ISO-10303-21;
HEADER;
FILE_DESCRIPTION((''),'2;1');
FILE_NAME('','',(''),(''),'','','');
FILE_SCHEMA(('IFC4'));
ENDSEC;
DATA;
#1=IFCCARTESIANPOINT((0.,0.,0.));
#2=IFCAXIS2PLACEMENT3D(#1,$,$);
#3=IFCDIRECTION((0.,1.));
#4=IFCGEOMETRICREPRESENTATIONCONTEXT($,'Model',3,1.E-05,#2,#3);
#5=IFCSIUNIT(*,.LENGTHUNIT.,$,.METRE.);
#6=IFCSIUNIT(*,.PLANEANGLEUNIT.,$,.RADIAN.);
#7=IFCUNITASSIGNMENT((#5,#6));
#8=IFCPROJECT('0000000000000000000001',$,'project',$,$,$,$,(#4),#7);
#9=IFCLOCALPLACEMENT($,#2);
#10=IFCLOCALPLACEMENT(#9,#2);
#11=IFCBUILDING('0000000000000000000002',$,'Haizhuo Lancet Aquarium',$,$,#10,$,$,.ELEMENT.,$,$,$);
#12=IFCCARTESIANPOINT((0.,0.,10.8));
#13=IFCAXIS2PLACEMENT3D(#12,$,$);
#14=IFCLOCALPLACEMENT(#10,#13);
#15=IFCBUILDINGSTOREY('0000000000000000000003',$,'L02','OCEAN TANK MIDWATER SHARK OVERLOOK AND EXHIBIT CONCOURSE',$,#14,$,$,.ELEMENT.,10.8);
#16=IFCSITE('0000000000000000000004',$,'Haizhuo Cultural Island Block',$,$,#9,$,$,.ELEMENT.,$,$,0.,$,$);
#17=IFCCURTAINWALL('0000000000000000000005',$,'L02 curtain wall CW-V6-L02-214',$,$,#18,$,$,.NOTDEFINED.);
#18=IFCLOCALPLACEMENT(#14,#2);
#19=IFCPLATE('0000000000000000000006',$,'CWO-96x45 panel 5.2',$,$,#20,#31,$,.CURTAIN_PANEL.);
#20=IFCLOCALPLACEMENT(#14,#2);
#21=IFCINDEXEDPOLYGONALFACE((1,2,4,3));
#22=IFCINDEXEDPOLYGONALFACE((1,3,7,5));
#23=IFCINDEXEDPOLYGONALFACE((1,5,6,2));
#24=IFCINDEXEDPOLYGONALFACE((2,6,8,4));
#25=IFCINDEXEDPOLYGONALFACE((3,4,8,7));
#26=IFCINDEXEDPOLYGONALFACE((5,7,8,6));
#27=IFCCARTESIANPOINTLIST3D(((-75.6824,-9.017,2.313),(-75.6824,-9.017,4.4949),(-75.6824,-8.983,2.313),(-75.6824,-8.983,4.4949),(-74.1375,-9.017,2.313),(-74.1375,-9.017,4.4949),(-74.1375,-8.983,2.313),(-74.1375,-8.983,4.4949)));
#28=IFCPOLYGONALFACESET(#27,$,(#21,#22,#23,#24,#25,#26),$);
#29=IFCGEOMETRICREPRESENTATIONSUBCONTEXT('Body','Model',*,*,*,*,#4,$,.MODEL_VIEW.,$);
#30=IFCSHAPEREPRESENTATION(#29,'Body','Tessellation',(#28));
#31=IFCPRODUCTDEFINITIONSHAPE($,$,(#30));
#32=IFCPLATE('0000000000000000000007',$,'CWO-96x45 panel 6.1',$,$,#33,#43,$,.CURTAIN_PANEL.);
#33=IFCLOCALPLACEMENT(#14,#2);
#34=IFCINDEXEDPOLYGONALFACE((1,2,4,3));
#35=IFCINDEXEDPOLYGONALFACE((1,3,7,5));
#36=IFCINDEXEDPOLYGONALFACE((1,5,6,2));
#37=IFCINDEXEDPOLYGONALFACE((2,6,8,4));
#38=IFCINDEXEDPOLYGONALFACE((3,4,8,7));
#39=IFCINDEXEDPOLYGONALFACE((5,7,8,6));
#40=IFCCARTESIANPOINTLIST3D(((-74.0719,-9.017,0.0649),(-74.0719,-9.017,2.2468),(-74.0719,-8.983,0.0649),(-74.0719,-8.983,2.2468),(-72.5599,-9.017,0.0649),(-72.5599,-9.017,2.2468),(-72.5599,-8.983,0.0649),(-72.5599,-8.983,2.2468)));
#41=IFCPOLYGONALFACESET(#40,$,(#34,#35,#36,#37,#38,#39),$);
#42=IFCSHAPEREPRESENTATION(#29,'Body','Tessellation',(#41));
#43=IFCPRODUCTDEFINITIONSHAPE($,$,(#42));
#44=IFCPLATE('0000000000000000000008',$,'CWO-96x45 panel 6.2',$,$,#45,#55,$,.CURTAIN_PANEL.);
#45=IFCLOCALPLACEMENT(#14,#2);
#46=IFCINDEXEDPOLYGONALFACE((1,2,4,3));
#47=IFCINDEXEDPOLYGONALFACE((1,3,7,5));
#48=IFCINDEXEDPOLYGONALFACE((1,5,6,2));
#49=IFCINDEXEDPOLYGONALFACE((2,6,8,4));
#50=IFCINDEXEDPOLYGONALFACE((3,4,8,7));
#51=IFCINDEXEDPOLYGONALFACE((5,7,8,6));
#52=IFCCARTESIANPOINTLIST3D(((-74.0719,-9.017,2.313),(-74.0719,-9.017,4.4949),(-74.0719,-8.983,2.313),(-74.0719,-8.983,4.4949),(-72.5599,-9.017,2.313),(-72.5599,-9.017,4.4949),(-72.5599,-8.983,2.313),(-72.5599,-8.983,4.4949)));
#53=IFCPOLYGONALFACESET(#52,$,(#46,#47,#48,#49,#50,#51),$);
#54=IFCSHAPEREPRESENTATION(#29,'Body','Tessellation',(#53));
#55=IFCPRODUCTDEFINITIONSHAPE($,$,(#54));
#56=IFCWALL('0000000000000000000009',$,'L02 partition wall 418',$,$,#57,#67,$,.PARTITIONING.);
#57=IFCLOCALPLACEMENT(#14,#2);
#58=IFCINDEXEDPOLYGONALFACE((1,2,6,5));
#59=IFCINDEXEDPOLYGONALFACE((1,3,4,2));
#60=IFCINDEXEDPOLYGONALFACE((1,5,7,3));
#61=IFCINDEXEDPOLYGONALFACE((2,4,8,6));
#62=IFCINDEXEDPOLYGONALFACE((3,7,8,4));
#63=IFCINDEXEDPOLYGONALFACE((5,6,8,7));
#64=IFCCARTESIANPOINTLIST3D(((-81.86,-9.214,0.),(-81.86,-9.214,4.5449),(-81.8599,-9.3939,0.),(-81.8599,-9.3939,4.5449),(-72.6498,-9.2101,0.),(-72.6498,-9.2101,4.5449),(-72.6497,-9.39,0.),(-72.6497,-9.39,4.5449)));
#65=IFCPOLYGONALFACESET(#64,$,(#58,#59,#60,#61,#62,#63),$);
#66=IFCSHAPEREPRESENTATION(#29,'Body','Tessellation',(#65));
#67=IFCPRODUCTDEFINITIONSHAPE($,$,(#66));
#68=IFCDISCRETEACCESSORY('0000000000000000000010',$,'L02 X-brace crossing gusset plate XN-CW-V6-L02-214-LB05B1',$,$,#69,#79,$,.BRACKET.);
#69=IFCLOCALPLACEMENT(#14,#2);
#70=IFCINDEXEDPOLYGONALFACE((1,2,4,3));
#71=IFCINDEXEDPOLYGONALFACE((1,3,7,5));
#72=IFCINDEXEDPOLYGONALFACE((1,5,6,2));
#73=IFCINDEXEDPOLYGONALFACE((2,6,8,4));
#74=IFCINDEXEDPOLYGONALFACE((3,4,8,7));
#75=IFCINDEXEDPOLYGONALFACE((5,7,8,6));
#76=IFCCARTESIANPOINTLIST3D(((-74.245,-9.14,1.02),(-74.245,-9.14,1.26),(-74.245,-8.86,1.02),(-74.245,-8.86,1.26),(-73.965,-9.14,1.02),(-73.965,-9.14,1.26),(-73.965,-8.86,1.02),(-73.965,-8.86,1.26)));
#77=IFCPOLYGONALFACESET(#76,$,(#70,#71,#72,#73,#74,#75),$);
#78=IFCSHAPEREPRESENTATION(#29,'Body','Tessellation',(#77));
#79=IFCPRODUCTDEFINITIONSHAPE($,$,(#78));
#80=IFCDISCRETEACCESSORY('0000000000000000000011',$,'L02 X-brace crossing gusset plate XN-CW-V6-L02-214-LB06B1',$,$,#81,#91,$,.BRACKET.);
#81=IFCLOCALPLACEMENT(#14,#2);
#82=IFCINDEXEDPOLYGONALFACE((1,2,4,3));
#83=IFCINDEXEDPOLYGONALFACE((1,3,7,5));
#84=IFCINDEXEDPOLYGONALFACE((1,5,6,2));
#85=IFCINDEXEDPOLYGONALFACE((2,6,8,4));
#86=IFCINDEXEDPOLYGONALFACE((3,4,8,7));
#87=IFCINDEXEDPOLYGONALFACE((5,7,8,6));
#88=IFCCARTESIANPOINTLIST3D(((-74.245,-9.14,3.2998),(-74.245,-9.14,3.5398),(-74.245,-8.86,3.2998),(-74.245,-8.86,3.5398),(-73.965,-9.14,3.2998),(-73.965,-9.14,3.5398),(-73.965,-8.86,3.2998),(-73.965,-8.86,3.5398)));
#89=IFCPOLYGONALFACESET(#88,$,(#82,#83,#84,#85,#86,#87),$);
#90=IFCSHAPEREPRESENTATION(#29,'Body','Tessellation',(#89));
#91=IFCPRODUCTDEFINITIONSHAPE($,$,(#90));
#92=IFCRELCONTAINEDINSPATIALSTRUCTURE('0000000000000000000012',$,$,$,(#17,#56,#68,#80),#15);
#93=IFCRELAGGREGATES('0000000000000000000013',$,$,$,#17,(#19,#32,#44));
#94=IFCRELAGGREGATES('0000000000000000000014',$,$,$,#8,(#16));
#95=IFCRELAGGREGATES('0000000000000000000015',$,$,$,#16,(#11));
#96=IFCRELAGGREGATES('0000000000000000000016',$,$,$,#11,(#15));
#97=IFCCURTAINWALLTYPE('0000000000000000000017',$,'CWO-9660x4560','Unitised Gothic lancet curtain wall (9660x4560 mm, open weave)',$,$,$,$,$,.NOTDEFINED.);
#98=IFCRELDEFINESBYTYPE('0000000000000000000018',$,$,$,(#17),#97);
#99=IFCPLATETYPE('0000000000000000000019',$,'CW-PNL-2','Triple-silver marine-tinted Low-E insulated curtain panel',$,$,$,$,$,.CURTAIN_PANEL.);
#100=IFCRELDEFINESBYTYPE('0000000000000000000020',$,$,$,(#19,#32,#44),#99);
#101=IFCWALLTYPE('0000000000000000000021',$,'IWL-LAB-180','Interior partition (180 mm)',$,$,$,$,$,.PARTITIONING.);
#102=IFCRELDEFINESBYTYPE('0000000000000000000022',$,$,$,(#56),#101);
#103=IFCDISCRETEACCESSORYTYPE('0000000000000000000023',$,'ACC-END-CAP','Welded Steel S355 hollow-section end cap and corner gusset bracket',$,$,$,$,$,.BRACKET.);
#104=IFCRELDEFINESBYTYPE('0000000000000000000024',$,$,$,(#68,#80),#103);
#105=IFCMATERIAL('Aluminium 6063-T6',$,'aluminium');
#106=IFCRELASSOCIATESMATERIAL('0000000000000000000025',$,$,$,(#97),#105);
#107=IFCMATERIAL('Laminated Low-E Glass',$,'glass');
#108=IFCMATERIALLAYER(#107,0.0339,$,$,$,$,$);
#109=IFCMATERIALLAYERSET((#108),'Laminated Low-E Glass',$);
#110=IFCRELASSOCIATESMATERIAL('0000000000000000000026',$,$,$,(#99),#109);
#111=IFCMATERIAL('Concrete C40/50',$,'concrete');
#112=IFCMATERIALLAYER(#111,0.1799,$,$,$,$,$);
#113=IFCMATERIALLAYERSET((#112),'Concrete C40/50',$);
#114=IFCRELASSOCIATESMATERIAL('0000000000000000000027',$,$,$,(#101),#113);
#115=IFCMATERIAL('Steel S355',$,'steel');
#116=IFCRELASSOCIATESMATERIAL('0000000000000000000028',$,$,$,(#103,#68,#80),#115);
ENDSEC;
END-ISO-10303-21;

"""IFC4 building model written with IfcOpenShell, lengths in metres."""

from ifc_helpers import new_model, si_unit, direction, frame, frame_2d, origin, origin_2d, place, context, subcontext, project, spatial, rectangle, extrude, material, layer, layer_set, type_object, element, aggregate, save


model = new_model("IFC4")

# Units and contexts
model_context = context("Model", 3, precision=1e-05, world=origin(), true_north=direction((0.0, 1.0)))
body_context = subcontext(model_context, "Body", "Model", "MODEL_VIEW")
ifc_project = project(units=[si_unit("LENGTHUNIT", "METRE"), si_unit("PLANEANGLEUNIT", "RADIAN")], contexts=[model_context])

# Site, building, storey
site_placement = place(None, origin())
site = spatial("IfcSite", under=ifc_project, at=site_placement, Name="Haizhuo Cultural Island Block", CompositionType="ELEMENT", RefElevation=0.0)
building_placement = place(site_placement, origin())
building = spatial("IfcBuilding", under=site, at=building_placement, Name="Haizhuo Lancet Aquarium", CompositionType="ELEMENT")
storey_placement = place(building_placement, frame((0.0, 0.0, 10.8)))
storey = spatial("IfcBuildingStorey", under=building, at=storey_placement, Name="L02", Description="OCEAN TANK MIDWATER SHARK OVERLOOK AND EXHIBIT CONCOURSE", CompositionType="ELEMENT", Elevation=10.8)

# Shared definitions
ifc_material_1 = material(Name="Concrete C40/50", Category="concrete")

# Shared definitions
ifc_material_2 = material(Name="Steel S355", Category="steel")

# Curtain wall
ifc_material_3 = material(Name="Aluminium 6063-T6", Category="aluminium")
curtain_wall_type = type_object("IfcCurtainWallType", Name="CWO-9660x4560", Description="Unitised Gothic lancet curtain wall (9660x4560 mm, open weave)", PredefinedType="NOTDEFINED", material=ifc_material_3)
curtain_wall_placement = place(storey_placement, origin())
curtain_wall = element("IfcCurtainWall", 1, at=curtain_wall_placement, inside=storey, type_object=curtain_wall_type, Name="L02 curtain wall CW-V6-L02-214", PredefinedType="NOTDEFINED")

# Plates
ifc_material_4 = material(Name="Laminated Low-E Glass", Category="glass")
ifc_layer_1 = layer(ifc_material_4, 0.0339)
ifc_layer_set_1 = layer_set([ifc_layer_1], Name="Laminated Low-E Glass")
plate_type = type_object("IfcPlateType", Name="CW-PNL-2", Description="Triple-silver marine-tinted Low-E insulated curtain panel", PredefinedType="CURTAIN_PANEL", material=ifc_layer_set_1)
plate_1_placement = place(storey_placement, frame((-74.9099, -9.0, 2.313), z_axis=(0.0, 0.0, 1.0), x_axis=(1.0, 0.0, 0.0)))
plate_1 = element("IfcPlate", 2, at=plate_1_placement, type_object=plate_type, Name="CWO-96x45 panel 5.2", PredefinedType="CURTAIN_PANEL", context=body_context, shape_type="SweptSolid", body=[
    extrude(rectangle(XDim=1.5449, YDim=0.0339, at=origin_2d()), origin(), (0.0, 0.0, 1.0), 2.1819),
])
plate_2_placement = place(storey_placement, frame((-73.3159, -9.0, 0.0649), z_axis=(0.0, 0.0, 1.0), x_axis=(1.0, 0.0, 0.0)))
plate_2 = element("IfcPlate", 3, at=plate_2_placement, type_object=plate_type, Name="CWO-96x45 panel 6.1", PredefinedType="CURTAIN_PANEL", context=body_context, shape_type="SweptSolid", body=[
    extrude(rectangle(XDim=1.512, YDim=0.0339, at=origin_2d()), origin(), (0.0, 0.0, 1.0), 2.1819),
])
plate_3_placement = place(storey_placement, frame((-73.3159, -9.0, 2.313), z_axis=(0.0, 0.0, 1.0), x_axis=(1.0, 0.0, 0.0)))
plate_3 = element("IfcPlate", 4, at=plate_3_placement, type_object=plate_type, Name="CWO-96x45 panel 6.2", PredefinedType="CURTAIN_PANEL", context=body_context, shape_type="SweptSolid", body=[
    extrude(rectangle(XDim=1.512, YDim=0.0339, at=origin_2d()), origin(), (0.0, 0.0, 1.0), 2.1819),
])
aggregate(curtain_wall, [plate_1, plate_2, plate_3])

# Wall
ifc_layer_2 = layer(ifc_material_1, 0.1799)
ifc_layer_set_2 = layer_set([ifc_layer_2], Name="Concrete C40/50")
wall_type = type_object("IfcWallType", Name="IWL-LAB-180", Description="Interior partition (180 mm)", PredefinedType="PARTITIONING", material=ifc_layer_set_2)
wall_placement = place(storey_placement, frame((-72.6499, -9.3, 0.0), z_axis=(0.0, 0.0, 1.0), x_axis=(-1.0, -0.000424, 0.0)))
element("IfcWall", 5, at=wall_placement, inside=storey, type_object=wall_type, Name="L02 partition wall 418", PredefinedType="PARTITIONING", context=body_context, shape_type="SweptSolid", body=[
    extrude(rectangle(XDim=9.2102, YDim=0.1799, at=frame_2d((4.605, 0.0))), origin(), (0.0, 0.0, 1.0), 4.5449),
])

# Discrete accessories
discrete_accessory_type = type_object("IfcDiscreteAccessoryType", Name="ACC-END-CAP", Description="Welded Steel S355 hollow-section end cap and corner gusset bracket", PredefinedType="BRACKET", material=ifc_material_2)
for number, where, z_axis, x_axis, name in (
    (6, (-74.105, -9.0, 1.02), (0.0, 0.0, 1.0), (1.0, 0.0, 0.0), "L02 X-brace crossing gusset plate XN-CW-V6-L02-214-LB05B1"),
    (7, (-74.105, -9.0, 3.2998), (0.0, 0.0, 1.0), (1.0, 0.0, 0.0), "L02 X-brace crossing gusset plate XN-CW-V6-L02-214-LB06B1"),
):
    element("IfcDiscreteAccessory", number, at=place(storey_placement, frame(where, z_axis=z_axis, x_axis=x_axis)), inside=storey, type_object=discrete_accessory_type, material=ifc_material_2, Name=name, PredefinedType="BRACKET", context=body_context, shape_type="SweptSolid", body=[
        extrude(rectangle(XDim=0.28, YDim=0.28, at=origin_2d()), origin(), (0.0, 0.0, 1.0), 0.24),
    ])

save(model, "model.ifc")
